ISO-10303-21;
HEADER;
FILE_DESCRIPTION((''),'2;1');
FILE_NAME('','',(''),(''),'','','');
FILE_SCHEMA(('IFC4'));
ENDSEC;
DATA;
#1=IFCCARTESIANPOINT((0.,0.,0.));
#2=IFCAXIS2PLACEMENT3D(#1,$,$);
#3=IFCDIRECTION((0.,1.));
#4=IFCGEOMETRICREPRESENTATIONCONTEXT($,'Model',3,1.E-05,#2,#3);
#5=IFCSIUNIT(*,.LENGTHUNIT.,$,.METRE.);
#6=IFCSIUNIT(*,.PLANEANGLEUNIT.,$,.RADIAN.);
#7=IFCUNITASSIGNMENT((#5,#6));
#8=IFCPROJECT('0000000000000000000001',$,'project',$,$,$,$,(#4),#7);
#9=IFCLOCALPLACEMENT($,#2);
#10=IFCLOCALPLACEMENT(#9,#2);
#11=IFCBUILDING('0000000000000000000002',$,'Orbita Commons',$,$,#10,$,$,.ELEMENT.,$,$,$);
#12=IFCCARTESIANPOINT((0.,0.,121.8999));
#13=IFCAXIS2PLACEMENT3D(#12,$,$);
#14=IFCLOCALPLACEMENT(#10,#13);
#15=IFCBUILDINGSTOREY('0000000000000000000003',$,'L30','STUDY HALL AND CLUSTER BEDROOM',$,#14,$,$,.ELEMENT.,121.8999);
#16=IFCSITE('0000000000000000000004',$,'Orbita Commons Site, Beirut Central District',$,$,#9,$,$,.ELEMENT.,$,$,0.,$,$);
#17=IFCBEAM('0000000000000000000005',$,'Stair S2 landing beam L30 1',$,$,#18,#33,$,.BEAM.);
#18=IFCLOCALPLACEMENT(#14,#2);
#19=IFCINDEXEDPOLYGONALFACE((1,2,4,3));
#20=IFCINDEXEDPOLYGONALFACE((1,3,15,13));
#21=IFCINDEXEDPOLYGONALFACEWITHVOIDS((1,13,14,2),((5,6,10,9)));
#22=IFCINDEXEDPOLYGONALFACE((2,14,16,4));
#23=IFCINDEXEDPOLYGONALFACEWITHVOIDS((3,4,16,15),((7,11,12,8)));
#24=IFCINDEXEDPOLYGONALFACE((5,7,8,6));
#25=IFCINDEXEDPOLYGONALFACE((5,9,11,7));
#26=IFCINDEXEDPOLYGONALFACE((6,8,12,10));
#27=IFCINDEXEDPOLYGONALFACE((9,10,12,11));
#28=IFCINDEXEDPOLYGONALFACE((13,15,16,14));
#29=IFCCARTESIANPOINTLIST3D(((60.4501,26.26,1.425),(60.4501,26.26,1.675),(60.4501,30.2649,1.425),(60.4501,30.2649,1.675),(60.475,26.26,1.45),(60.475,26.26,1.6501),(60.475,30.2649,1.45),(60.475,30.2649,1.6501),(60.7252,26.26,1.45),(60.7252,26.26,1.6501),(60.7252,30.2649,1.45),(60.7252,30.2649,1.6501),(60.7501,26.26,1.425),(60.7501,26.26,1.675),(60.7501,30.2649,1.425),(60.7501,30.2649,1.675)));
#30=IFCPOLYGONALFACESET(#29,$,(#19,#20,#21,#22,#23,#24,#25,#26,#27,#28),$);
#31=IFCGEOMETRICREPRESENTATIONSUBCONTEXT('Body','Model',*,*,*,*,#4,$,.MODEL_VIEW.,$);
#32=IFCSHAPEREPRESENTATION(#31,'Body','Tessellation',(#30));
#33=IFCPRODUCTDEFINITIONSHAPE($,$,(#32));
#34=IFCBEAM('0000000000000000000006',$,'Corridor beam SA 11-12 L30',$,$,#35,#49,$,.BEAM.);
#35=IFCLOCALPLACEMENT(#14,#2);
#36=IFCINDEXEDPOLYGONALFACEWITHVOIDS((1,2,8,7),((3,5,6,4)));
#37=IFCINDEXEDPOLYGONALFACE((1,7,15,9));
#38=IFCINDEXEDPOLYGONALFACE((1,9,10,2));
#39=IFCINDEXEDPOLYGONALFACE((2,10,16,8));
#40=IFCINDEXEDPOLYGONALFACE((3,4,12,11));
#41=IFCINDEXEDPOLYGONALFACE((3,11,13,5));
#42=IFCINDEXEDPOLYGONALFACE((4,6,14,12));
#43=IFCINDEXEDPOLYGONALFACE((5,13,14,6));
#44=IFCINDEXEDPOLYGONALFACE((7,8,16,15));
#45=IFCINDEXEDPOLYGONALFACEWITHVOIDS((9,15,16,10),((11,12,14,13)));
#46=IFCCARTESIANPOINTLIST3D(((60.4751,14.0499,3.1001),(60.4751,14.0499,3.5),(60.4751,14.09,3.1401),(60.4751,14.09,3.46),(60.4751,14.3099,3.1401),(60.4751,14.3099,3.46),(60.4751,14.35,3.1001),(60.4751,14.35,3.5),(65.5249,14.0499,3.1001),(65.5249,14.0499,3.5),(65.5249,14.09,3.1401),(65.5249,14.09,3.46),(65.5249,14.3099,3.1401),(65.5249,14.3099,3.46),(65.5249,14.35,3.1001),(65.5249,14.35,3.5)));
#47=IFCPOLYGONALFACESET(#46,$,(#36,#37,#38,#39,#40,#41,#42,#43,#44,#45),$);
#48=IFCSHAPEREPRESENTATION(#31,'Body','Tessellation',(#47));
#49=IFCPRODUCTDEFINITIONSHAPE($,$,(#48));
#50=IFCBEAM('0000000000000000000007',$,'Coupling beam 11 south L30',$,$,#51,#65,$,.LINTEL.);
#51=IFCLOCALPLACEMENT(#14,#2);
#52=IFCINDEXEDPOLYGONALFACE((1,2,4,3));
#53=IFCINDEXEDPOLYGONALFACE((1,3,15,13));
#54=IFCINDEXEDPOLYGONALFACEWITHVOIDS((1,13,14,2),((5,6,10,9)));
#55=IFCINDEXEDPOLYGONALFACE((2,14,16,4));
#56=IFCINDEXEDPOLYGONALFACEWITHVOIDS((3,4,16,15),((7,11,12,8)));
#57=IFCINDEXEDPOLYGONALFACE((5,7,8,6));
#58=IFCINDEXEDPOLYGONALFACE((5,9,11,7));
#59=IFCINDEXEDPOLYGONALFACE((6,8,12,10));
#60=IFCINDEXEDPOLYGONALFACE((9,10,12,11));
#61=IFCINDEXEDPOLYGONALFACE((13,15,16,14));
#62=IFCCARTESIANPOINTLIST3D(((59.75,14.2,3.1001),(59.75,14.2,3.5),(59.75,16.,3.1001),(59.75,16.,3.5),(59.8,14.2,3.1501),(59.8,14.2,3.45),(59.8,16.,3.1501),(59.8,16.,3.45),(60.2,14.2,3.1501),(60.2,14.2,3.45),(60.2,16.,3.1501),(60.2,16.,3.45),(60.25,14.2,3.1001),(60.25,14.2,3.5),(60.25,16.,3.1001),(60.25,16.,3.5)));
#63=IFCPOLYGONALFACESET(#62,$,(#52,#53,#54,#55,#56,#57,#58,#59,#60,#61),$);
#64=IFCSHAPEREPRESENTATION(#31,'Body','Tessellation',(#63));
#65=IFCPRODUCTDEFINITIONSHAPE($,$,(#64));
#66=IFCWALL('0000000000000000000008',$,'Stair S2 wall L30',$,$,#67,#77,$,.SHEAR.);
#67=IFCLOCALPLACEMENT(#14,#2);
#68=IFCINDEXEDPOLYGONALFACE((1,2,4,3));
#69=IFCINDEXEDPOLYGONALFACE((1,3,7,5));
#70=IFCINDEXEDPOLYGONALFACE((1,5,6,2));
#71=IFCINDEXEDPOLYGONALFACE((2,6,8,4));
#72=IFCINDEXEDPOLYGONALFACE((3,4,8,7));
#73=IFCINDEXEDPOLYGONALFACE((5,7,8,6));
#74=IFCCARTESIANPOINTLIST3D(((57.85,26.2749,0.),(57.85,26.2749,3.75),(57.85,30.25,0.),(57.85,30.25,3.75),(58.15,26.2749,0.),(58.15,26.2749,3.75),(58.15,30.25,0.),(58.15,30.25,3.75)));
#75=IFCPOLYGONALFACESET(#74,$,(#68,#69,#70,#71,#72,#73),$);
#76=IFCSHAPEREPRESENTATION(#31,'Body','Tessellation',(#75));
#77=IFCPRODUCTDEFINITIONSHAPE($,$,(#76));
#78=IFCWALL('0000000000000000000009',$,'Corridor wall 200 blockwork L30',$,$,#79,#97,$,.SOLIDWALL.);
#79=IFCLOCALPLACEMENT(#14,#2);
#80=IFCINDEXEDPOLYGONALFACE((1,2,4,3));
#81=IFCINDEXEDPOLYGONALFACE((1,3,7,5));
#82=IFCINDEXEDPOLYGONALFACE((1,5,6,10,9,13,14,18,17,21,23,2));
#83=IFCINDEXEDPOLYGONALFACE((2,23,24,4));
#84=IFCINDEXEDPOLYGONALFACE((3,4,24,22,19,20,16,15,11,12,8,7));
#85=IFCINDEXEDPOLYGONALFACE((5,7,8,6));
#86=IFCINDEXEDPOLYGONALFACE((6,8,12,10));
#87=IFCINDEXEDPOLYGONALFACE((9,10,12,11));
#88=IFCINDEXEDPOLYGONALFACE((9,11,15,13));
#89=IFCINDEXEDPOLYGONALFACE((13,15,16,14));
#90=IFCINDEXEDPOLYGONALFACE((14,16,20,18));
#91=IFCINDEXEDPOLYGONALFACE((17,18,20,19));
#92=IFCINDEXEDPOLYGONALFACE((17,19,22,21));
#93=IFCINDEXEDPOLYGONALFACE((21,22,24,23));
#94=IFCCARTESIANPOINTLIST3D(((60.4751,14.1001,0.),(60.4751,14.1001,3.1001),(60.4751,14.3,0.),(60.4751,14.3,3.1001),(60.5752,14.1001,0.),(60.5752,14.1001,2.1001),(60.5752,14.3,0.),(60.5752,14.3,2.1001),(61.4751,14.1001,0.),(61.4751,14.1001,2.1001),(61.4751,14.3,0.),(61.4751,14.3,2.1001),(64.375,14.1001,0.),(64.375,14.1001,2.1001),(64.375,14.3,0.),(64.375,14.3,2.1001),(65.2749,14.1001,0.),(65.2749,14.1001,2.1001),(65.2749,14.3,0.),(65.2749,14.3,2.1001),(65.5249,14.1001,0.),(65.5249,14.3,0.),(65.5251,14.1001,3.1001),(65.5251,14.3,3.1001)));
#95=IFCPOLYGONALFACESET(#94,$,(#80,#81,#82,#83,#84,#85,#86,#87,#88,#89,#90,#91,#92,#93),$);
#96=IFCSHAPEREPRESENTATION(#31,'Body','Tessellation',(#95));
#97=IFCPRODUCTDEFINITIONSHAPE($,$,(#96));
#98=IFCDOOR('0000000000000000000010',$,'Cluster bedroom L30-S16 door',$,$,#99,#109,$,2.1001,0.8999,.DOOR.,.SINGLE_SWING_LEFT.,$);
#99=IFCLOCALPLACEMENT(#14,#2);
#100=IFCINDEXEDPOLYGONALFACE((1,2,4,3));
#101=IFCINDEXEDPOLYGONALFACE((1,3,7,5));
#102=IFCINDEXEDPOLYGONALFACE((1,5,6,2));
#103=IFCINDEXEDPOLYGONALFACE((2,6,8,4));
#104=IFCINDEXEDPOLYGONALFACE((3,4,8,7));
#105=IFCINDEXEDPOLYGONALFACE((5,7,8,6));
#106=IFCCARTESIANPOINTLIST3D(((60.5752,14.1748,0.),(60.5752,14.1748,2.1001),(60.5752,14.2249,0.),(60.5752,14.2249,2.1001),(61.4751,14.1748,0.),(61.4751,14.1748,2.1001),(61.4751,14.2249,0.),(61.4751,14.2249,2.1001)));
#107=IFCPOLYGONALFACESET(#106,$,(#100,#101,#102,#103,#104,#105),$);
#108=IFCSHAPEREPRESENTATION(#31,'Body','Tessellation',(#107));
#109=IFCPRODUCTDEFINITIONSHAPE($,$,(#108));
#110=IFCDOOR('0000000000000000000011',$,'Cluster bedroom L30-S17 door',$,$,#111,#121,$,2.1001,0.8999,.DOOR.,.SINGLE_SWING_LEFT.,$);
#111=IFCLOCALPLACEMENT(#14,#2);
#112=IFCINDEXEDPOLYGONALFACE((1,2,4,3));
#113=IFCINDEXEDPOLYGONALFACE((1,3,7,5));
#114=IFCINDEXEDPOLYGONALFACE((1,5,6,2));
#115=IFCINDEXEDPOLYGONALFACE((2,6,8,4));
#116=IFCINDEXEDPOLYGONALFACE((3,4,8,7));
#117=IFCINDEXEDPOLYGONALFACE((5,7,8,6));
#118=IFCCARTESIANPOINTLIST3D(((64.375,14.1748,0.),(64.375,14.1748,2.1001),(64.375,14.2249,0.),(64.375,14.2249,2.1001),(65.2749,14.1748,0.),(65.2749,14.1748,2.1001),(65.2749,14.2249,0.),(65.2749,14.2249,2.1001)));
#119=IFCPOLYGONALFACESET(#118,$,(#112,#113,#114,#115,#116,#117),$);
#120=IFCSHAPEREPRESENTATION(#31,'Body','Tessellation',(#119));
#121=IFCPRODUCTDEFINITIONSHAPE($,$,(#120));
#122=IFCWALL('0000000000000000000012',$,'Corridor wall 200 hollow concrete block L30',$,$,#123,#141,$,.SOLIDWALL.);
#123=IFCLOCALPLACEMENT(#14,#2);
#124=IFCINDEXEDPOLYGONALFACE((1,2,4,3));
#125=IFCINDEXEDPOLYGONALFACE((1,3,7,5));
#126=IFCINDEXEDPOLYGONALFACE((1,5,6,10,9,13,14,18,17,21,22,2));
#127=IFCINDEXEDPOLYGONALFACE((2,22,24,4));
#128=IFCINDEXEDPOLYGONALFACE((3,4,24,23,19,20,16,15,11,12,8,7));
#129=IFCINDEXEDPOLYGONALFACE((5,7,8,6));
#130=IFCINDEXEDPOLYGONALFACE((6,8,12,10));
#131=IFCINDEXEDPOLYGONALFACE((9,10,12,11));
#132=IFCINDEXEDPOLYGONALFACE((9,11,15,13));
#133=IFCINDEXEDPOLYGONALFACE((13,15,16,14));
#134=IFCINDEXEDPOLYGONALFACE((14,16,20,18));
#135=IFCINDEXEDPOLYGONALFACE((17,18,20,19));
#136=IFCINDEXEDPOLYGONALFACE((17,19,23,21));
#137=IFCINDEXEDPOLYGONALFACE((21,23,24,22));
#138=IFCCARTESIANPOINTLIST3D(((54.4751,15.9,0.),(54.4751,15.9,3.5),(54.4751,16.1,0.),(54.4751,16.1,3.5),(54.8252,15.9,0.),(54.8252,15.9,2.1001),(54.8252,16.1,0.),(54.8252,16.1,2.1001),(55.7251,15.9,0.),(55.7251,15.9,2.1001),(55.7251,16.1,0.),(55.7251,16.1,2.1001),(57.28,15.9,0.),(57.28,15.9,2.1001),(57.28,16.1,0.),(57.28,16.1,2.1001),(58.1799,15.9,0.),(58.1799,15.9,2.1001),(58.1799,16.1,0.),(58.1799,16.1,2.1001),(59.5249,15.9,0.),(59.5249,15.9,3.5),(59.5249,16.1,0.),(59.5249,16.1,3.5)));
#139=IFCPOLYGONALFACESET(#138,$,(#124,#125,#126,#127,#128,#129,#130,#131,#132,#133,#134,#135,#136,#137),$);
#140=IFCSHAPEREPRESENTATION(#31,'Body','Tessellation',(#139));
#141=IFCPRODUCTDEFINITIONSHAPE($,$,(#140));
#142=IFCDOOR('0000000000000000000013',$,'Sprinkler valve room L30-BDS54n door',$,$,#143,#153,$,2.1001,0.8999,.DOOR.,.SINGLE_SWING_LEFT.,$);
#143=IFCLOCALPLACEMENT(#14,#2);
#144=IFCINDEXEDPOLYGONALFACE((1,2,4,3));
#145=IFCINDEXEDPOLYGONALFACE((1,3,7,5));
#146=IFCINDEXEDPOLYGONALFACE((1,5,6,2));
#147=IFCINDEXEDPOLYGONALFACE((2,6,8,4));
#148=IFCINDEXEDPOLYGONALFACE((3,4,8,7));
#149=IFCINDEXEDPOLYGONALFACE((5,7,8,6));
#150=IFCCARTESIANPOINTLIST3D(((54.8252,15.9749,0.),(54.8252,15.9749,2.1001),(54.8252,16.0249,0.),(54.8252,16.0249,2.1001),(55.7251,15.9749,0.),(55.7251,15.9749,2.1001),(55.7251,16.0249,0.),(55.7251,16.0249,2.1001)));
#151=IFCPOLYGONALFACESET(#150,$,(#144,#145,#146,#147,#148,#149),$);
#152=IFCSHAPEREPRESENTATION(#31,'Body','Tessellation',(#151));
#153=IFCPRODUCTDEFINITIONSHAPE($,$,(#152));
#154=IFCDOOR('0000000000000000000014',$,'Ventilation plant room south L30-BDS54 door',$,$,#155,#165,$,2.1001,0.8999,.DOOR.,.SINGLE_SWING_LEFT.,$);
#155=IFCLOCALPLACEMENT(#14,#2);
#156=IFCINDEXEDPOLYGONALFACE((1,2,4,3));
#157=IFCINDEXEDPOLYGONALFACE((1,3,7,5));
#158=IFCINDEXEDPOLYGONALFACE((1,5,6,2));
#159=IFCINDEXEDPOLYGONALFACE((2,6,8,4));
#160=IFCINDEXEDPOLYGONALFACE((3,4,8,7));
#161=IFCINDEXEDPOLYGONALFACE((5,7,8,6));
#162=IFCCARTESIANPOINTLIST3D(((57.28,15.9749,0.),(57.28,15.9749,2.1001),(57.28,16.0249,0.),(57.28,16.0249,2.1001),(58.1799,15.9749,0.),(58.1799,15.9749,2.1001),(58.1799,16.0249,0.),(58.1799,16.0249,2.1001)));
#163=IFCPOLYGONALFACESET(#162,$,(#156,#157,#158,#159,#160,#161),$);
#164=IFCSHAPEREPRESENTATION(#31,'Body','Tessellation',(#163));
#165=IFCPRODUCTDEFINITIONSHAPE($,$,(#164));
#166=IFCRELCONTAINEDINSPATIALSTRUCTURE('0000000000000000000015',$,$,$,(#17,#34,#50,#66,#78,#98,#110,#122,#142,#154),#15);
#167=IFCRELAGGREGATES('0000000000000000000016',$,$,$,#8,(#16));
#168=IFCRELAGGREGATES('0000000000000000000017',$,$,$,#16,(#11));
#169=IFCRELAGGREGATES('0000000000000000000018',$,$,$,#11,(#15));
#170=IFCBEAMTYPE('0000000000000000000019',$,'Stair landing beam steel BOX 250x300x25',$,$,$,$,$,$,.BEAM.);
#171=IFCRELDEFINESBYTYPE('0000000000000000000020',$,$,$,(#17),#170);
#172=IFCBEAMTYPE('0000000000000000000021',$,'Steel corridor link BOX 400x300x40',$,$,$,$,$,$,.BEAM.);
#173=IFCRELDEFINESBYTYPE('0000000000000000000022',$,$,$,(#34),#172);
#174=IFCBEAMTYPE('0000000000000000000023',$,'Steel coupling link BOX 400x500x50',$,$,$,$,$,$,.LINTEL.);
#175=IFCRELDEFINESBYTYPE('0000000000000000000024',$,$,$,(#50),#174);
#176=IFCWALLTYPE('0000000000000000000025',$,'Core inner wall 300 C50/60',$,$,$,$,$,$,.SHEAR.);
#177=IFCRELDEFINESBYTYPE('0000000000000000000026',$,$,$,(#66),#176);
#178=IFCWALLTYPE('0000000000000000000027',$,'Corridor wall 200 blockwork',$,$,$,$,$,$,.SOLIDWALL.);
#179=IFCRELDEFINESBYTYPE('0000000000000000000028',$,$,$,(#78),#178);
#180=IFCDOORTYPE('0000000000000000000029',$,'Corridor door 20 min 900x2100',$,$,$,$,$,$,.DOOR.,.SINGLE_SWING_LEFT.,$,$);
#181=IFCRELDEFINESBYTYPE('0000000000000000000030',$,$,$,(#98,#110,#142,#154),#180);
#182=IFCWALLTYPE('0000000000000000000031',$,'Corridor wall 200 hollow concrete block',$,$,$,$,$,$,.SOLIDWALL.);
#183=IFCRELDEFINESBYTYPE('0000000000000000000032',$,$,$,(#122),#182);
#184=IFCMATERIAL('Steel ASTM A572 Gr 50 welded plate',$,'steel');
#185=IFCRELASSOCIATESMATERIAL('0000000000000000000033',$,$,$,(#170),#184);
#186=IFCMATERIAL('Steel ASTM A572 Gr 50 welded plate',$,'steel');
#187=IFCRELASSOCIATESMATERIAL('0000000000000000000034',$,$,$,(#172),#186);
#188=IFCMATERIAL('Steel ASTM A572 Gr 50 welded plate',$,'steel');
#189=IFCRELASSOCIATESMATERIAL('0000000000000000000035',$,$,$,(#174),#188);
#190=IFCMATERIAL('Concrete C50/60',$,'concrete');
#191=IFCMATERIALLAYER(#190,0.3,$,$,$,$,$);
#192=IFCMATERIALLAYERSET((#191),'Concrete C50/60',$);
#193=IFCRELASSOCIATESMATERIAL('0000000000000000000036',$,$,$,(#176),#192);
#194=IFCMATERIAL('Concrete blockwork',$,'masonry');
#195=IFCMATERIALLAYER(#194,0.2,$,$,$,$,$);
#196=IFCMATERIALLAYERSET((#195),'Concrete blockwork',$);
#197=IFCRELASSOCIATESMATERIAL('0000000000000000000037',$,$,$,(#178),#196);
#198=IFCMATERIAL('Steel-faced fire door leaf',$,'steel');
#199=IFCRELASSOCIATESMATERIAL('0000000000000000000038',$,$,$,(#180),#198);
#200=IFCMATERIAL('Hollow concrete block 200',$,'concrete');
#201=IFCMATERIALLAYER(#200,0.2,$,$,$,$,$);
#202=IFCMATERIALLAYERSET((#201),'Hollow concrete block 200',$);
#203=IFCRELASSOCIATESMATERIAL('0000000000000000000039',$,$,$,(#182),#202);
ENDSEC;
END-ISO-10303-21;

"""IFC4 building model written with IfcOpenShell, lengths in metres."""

from ifc_helpers import new_model, si_unit, direction, frame, frame_2d, origin, origin_2d, place, context, subcontext, project, spatial, polyline, rectangle, hollow_rectangle, outline, extrude, material, layer, layer_set, material_profile, profile_set, type_object, element, fill, save


model = new_model("IFC4")

# Units and contexts
model_context = context("Model", 3, precision=1e-05, world=origin(), true_north=direction((0.0, 1.0)))
body_context = subcontext(model_context, "Body", "Model", "MODEL_VIEW")
ifc_project = project(units=[si_unit("LENGTHUNIT", "METRE"), si_unit("PLANEANGLEUNIT", "RADIAN")], contexts=[model_context])

# Site, building, storey
site_placement = place(None, origin())
site = spatial("IfcSite", under=ifc_project, at=site_placement, Name="Orbita Commons Site, Beirut Central District", CompositionType="ELEMENT", RefElevation=0.0)
building_placement = place(site_placement, origin())
building = spatial("IfcBuilding", under=site, at=building_placement, Name="Orbita Commons", CompositionType="ELEMENT")
storey_placement = place(building_placement, frame((0.0, 0.0, 121.8999)))
storey = spatial("IfcBuildingStorey", under=building, at=storey_placement, Name="L30", Description="STUDY HALL AND CLUSTER BEDROOM", CompositionType="ELEMENT", Elevation=121.8999)

# Beams
ifc_material_1 = material(Name="Steel ASTM A572 Gr 50 welded plate", Category="steel")
ifc_material_profile_1 = material_profile(ifc_material_1, hollow_rectangle(XDim=0.3, YDim=0.25, WallThickness=0.0249, at=origin_2d()), Name="BOX 250x300x25")
ifc_profile_set_1 = profile_set([ifc_material_profile_1], Name="Steel ASTM A572 Gr 50 welded plate")
beam_type_1 = type_object("IfcBeamType", Name="Stair landing beam steel BOX 250x300x25", PredefinedType="BEAM", material=ifc_profile_set_1)
beam_1_placement = place(storey_placement, frame((60.6001, 26.26, 1.55), z_axis=(0.0, 1.0, 0.0), x_axis=(-1.0, 0.0, 0.0)))
element("IfcBeam", 1, at=beam_1_placement, inside=storey, type_object=beam_type_1, Name="Stair S2 landing beam L30 1", PredefinedType="BEAM", context=body_context, shape_type="SweptSolid", body=[
    extrude(hollow_rectangle(XDim=0.3, YDim=0.25, WallThickness=0.0249, at=origin_2d()), origin(), (0.0, 0.0, 1.0), 4.0049),
])
ifc_material_2 = material(Name="Steel ASTM A572 Gr 50 welded plate", Category="steel")
ifc_material_profile_2 = material_profile(ifc_material_2, hollow_rectangle(XDim=0.3, YDim=0.3999, WallThickness=0.04, at=origin_2d()), Name="BOX 400x300x40")
ifc_profile_set_2 = profile_set([ifc_material_profile_2], Name="Steel ASTM A572 Gr 50 welded plate")
beam_type_2 = type_object("IfcBeamType", Name="Steel corridor link BOX 400x300x40", PredefinedType="BEAM", material=ifc_profile_set_2)
beam_2_placement = place(storey_placement, frame((60.4751, 14.2, 3.3), z_axis=(1.0, 0.0, 0.0), x_axis=(0.0, 1.0, 0.0)))
element("IfcBeam", 2, at=beam_2_placement, inside=storey, type_object=beam_type_2, Name="Corridor beam SA 11-12 L30", PredefinedType="BEAM", context=body_context, shape_type="SweptSolid", body=[
    extrude(hollow_rectangle(XDim=0.3, YDim=0.3999, WallThickness=0.04, at=origin_2d()), origin(), (0.0, 0.0, 1.0), 5.0498),
])
ifc_material_3 = material(Name="Steel ASTM A572 Gr 50 welded plate", Category="steel")
ifc_material_profile_3 = material_profile(ifc_material_3, hollow_rectangle(XDim=0.5, YDim=0.3999, WallThickness=0.05, at=origin_2d()), Name="BOX 400x500x50")
ifc_profile_set_3 = profile_set([ifc_material_profile_3], Name="Steel ASTM A572 Gr 50 welded plate")
beam_type_3 = type_object("IfcBeamType", Name="Steel coupling link BOX 400x500x50", PredefinedType="LINTEL", material=ifc_profile_set_3)
beam_3_placement = place(storey_placement, frame((60.0, 14.2, 3.3), z_axis=(0.0, 1.0, 0.0), x_axis=(-1.0, 0.0, 0.0)))
element("IfcBeam", 3, at=beam_3_placement, inside=storey, type_object=beam_type_3, Name="Coupling beam 11 south L30", PredefinedType="LINTEL", context=body_context, shape_type="SweptSolid", body=[
    extrude(hollow_rectangle(XDim=0.5, YDim=0.3999, WallThickness=0.05, at=origin_2d()), origin(), (0.0, 0.0, 1.0), 1.8),
])

# Wall
ifc_material_4 = material(Name="Concrete C50/60", Category="concrete")
ifc_layer_1 = layer(ifc_material_4, 0.3)
ifc_layer_set_1 = layer_set([ifc_layer_1], Name="Concrete C50/60")
wall_type_1 = type_object("IfcWallType", Name="Core inner wall 300 C50/60", PredefinedType="SHEAR", material=ifc_layer_set_1)
wall_1_placement = place(storey_placement, frame((58.0, 26.2749, 0.0), z_axis=(0.0, 0.0, 1.0), x_axis=(0.0, 1.0, 0.0)))
element("IfcWall", 4, at=wall_1_placement, inside=storey, type_object=wall_type_1, Name="Stair S2 wall L30", PredefinedType="SHEAR", context=body_context, shape_type="SweptSolid", body=[
    extrude(rectangle(XDim=3.9751, YDim=0.3, at=frame_2d((1.9875, 0.0))), origin(), (0.0, 0.0, 1.0), 3.75),
])

# Walls, openings, doors
ifc_material_5 = material(Name="Concrete blockwork", Category="masonry")
ifc_layer_2 = layer(ifc_material_5, 0.2)
ifc_layer_set_2 = layer_set([ifc_layer_2], Name="Concrete blockwork")
wall_type_2 = type_object("IfcWallType", Name="Corridor wall 200 blockwork", PredefinedType="SOLIDWALL", material=ifc_layer_set_2)
wall_2_placement = place(storey_placement, frame((60.4751, 14.2, 0.0), z_axis=(0.0, 0.0, 1.0), x_axis=(1.0, 0.0, 0.0)))
wall_2 = element("IfcWall", 5, at=wall_2_placement, inside=storey, type_object=wall_type_2, Name="Corridor wall 200 blockwork L30", PredefinedType="SOLIDWALL", context=body_context, shape_type="SweptSolid", body=[
    extrude(outline(polyline([(0.0, 0.0), (5.0498, 0.0), (5.05, 3.1001), (0.0, 3.1001), (0.0, 0.0)])), frame((0.0, 0.1001, 0.0), z_axis=(0.0, -1.0, 0.0), x_axis=(1.0, 0.0, 0.0)), (0.0, 0.0, 1.0), 0.2),
])
opening_1_placement = place(wall_2_placement, frame((0.1001, 0.0, 0.0)))
opening_1 = element("IfcOpeningElement", 6, at=opening_1_placement, cuts=wall_2, PredefinedType="OPENING", context=body_context, shape_type="SweptSolid", body=[
    extrude(rectangle(XDim=0.8999, YDim=2.1001, at=frame_2d((0.45, 1.05))), frame((0.0, 0.1099, 0.0), z_axis=(0.0, -1.0, 0.0), x_axis=(1.0, 0.0, 0.0)), (0.0, 0.0, 1.0), 0.22),
])
opening_2_placement = place(wall_2_placement, frame((3.8999, 0.0, 0.0)))
opening_2 = element("IfcOpeningElement", 7, at=opening_2_placement, cuts=wall_2, PredefinedType="OPENING", context=body_context, shape_type="SweptSolid", body=[
    extrude(rectangle(XDim=0.8999, YDim=2.1001, at=frame_2d((0.45, 1.05))), frame((0.0, 0.1099, 0.0), z_axis=(0.0, -1.0, 0.0), x_axis=(1.0, 0.0, 0.0)), (0.0, 0.0, 1.0), 0.22),
])
ifc_material_6 = material(Name="Steel-faced fire door leaf", Category="steel")
door_type = type_object("IfcDoorType", Name="Corridor door 20 min 900x2100", OperationType="SINGLE_SWING_LEFT", PredefinedType="DOOR", material=ifc_material_6)
door_1_placement = place(opening_1_placement, origin())
door_1 = element("IfcDoor", 8, at=door_1_placement, inside=storey, type_object=door_type, Name="Cluster bedroom L30-S16 door", OperationType="SINGLE_SWING_LEFT", OverallHeight=2.1001, OverallWidth=0.8999, PredefinedType="DOOR", context=body_context, shape_type="SweptSolid", body=[
    extrude(rectangle(XDim=0.8999, YDim=2.1001, at=frame_2d((0.45, 1.05))), frame((0.0, 0.0249, 0.0), z_axis=(0.0, -1.0, 0.0), x_axis=(1.0, 0.0, 0.0)), (0.0, 0.0, 1.0), 0.05),
])
fill(opening_1, door_1)
door_2_placement = place(opening_2_placement, origin())
door_2 = element("IfcDoor", 9, at=door_2_placement, inside=storey, type_object=door_type, Name="Cluster bedroom L30-S17 door", OperationType="SINGLE_SWING_LEFT", OverallHeight=2.1001, OverallWidth=0.8999, PredefinedType="DOOR", context=body_context, shape_type="SweptSolid", body=[
    extrude(rectangle(XDim=0.8999, YDim=2.1001, at=frame_2d((0.45, 1.05))), frame((0.0, 0.0249, 0.0), z_axis=(0.0, -1.0, 0.0), x_axis=(1.0, 0.0, 0.0)), (0.0, 0.0, 1.0), 0.05),
])
fill(opening_2, door_2)
ifc_material_7 = material(Name="Hollow concrete block 200", Category="concrete")
ifc_layer_3 = layer(ifc_material_7, 0.2)
ifc_layer_set_3 = layer_set([ifc_layer_3], Name="Hollow concrete block 200")
wall_type_3 = type_object("IfcWallType", Name="Corridor wall 200 hollow concrete block", PredefinedType="SOLIDWALL", material=ifc_layer_set_3)
wall_3_placement = place(storey_placement, frame((54.4751, 16.0, 0.0), z_axis=(0.0, 0.0, 1.0), x_axis=(1.0, 0.0, 0.0)))
wall_3 = element("IfcWall", 10, at=wall_3_placement, inside=storey, type_object=wall_type_3, Name="Corridor wall 200 hollow concrete block L30", PredefinedType="SOLIDWALL", context=body_context, shape_type="SweptSolid", body=[
    extrude(rectangle(XDim=5.0498, YDim=0.2, at=frame_2d((2.5249, 0.0))), origin(), (0.0, 0.0, 1.0), 3.5),
])
opening_3_placement = place(wall_3_placement, frame((0.3501, 0.0, 0.0)))
opening_3 = element("IfcOpeningElement", 11, at=opening_3_placement, cuts=wall_3, PredefinedType="OPENING", context=body_context, shape_type="SweptSolid", body=[
    extrude(rectangle(XDim=0.8999, YDim=2.1001, at=frame_2d((0.45, 1.05))), frame((0.0, 0.1099, 0.0), z_axis=(0.0, -1.0, 0.0), x_axis=(1.0, 0.0, 0.0)), (0.0, 0.0, 1.0), 0.22),
])
opening_4_placement = place(wall_3_placement, frame((2.8049, 0.0, 0.0)))
opening_4 = element("IfcOpeningElement", 12, at=opening_4_placement, cuts=wall_3, PredefinedType="OPENING", context=body_context, shape_type="SweptSolid", body=[
    extrude(rectangle(XDim=0.8999, YDim=2.1001, at=frame_2d((0.45, 1.05))), frame((0.0, 0.1099, 0.0), z_axis=(0.0, -1.0, 0.0), x_axis=(1.0, 0.0, 0.0)), (0.0, 0.0, 1.0), 0.22),
])
door_3_placement = place(opening_3_placement, origin())
door_3 = element("IfcDoor", 13, at=door_3_placement, inside=storey, type_object=door_type, Name="Sprinkler valve room L30-BDS54n door", OperationType="SINGLE_SWING_LEFT", OverallHeight=2.1001, OverallWidth=0.8999, PredefinedType="DOOR", context=body_context, shape_type="SweptSolid", body=[
    extrude(rectangle(XDim=0.8999, YDim=2.1001, at=frame_2d((0.45, 1.05))), frame((0.0, 0.0249, 0.0), z_axis=(0.0, -1.0, 0.0), x_axis=(1.0, 0.0, 0.0)), (0.0, 0.0, 1.0), 0.05),
])
fill(opening_3, door_3)
door_4_placement = place(opening_4_placement, origin())
door_4 = element("IfcDoor", 14, at=door_4_placement, inside=storey, type_object=door_type, Name="Ventilation plant room south L30-BDS54 door", OperationType="SINGLE_SWING_LEFT", OverallHeight=2.1001, OverallWidth=0.8999, PredefinedType="DOOR", context=body_context, shape_type="SweptSolid", body=[
    extrude(rectangle(XDim=0.8999, YDim=2.1001, at=frame_2d((0.45, 1.05))), frame((0.0, 0.0249, 0.0), z_axis=(0.0, -1.0, 0.0), x_axis=(1.0, 0.0, 0.0)), (0.0, 0.0, 1.0), 0.05),
])
fill(opening_4, door_4)

save(model, "model.ifc")
